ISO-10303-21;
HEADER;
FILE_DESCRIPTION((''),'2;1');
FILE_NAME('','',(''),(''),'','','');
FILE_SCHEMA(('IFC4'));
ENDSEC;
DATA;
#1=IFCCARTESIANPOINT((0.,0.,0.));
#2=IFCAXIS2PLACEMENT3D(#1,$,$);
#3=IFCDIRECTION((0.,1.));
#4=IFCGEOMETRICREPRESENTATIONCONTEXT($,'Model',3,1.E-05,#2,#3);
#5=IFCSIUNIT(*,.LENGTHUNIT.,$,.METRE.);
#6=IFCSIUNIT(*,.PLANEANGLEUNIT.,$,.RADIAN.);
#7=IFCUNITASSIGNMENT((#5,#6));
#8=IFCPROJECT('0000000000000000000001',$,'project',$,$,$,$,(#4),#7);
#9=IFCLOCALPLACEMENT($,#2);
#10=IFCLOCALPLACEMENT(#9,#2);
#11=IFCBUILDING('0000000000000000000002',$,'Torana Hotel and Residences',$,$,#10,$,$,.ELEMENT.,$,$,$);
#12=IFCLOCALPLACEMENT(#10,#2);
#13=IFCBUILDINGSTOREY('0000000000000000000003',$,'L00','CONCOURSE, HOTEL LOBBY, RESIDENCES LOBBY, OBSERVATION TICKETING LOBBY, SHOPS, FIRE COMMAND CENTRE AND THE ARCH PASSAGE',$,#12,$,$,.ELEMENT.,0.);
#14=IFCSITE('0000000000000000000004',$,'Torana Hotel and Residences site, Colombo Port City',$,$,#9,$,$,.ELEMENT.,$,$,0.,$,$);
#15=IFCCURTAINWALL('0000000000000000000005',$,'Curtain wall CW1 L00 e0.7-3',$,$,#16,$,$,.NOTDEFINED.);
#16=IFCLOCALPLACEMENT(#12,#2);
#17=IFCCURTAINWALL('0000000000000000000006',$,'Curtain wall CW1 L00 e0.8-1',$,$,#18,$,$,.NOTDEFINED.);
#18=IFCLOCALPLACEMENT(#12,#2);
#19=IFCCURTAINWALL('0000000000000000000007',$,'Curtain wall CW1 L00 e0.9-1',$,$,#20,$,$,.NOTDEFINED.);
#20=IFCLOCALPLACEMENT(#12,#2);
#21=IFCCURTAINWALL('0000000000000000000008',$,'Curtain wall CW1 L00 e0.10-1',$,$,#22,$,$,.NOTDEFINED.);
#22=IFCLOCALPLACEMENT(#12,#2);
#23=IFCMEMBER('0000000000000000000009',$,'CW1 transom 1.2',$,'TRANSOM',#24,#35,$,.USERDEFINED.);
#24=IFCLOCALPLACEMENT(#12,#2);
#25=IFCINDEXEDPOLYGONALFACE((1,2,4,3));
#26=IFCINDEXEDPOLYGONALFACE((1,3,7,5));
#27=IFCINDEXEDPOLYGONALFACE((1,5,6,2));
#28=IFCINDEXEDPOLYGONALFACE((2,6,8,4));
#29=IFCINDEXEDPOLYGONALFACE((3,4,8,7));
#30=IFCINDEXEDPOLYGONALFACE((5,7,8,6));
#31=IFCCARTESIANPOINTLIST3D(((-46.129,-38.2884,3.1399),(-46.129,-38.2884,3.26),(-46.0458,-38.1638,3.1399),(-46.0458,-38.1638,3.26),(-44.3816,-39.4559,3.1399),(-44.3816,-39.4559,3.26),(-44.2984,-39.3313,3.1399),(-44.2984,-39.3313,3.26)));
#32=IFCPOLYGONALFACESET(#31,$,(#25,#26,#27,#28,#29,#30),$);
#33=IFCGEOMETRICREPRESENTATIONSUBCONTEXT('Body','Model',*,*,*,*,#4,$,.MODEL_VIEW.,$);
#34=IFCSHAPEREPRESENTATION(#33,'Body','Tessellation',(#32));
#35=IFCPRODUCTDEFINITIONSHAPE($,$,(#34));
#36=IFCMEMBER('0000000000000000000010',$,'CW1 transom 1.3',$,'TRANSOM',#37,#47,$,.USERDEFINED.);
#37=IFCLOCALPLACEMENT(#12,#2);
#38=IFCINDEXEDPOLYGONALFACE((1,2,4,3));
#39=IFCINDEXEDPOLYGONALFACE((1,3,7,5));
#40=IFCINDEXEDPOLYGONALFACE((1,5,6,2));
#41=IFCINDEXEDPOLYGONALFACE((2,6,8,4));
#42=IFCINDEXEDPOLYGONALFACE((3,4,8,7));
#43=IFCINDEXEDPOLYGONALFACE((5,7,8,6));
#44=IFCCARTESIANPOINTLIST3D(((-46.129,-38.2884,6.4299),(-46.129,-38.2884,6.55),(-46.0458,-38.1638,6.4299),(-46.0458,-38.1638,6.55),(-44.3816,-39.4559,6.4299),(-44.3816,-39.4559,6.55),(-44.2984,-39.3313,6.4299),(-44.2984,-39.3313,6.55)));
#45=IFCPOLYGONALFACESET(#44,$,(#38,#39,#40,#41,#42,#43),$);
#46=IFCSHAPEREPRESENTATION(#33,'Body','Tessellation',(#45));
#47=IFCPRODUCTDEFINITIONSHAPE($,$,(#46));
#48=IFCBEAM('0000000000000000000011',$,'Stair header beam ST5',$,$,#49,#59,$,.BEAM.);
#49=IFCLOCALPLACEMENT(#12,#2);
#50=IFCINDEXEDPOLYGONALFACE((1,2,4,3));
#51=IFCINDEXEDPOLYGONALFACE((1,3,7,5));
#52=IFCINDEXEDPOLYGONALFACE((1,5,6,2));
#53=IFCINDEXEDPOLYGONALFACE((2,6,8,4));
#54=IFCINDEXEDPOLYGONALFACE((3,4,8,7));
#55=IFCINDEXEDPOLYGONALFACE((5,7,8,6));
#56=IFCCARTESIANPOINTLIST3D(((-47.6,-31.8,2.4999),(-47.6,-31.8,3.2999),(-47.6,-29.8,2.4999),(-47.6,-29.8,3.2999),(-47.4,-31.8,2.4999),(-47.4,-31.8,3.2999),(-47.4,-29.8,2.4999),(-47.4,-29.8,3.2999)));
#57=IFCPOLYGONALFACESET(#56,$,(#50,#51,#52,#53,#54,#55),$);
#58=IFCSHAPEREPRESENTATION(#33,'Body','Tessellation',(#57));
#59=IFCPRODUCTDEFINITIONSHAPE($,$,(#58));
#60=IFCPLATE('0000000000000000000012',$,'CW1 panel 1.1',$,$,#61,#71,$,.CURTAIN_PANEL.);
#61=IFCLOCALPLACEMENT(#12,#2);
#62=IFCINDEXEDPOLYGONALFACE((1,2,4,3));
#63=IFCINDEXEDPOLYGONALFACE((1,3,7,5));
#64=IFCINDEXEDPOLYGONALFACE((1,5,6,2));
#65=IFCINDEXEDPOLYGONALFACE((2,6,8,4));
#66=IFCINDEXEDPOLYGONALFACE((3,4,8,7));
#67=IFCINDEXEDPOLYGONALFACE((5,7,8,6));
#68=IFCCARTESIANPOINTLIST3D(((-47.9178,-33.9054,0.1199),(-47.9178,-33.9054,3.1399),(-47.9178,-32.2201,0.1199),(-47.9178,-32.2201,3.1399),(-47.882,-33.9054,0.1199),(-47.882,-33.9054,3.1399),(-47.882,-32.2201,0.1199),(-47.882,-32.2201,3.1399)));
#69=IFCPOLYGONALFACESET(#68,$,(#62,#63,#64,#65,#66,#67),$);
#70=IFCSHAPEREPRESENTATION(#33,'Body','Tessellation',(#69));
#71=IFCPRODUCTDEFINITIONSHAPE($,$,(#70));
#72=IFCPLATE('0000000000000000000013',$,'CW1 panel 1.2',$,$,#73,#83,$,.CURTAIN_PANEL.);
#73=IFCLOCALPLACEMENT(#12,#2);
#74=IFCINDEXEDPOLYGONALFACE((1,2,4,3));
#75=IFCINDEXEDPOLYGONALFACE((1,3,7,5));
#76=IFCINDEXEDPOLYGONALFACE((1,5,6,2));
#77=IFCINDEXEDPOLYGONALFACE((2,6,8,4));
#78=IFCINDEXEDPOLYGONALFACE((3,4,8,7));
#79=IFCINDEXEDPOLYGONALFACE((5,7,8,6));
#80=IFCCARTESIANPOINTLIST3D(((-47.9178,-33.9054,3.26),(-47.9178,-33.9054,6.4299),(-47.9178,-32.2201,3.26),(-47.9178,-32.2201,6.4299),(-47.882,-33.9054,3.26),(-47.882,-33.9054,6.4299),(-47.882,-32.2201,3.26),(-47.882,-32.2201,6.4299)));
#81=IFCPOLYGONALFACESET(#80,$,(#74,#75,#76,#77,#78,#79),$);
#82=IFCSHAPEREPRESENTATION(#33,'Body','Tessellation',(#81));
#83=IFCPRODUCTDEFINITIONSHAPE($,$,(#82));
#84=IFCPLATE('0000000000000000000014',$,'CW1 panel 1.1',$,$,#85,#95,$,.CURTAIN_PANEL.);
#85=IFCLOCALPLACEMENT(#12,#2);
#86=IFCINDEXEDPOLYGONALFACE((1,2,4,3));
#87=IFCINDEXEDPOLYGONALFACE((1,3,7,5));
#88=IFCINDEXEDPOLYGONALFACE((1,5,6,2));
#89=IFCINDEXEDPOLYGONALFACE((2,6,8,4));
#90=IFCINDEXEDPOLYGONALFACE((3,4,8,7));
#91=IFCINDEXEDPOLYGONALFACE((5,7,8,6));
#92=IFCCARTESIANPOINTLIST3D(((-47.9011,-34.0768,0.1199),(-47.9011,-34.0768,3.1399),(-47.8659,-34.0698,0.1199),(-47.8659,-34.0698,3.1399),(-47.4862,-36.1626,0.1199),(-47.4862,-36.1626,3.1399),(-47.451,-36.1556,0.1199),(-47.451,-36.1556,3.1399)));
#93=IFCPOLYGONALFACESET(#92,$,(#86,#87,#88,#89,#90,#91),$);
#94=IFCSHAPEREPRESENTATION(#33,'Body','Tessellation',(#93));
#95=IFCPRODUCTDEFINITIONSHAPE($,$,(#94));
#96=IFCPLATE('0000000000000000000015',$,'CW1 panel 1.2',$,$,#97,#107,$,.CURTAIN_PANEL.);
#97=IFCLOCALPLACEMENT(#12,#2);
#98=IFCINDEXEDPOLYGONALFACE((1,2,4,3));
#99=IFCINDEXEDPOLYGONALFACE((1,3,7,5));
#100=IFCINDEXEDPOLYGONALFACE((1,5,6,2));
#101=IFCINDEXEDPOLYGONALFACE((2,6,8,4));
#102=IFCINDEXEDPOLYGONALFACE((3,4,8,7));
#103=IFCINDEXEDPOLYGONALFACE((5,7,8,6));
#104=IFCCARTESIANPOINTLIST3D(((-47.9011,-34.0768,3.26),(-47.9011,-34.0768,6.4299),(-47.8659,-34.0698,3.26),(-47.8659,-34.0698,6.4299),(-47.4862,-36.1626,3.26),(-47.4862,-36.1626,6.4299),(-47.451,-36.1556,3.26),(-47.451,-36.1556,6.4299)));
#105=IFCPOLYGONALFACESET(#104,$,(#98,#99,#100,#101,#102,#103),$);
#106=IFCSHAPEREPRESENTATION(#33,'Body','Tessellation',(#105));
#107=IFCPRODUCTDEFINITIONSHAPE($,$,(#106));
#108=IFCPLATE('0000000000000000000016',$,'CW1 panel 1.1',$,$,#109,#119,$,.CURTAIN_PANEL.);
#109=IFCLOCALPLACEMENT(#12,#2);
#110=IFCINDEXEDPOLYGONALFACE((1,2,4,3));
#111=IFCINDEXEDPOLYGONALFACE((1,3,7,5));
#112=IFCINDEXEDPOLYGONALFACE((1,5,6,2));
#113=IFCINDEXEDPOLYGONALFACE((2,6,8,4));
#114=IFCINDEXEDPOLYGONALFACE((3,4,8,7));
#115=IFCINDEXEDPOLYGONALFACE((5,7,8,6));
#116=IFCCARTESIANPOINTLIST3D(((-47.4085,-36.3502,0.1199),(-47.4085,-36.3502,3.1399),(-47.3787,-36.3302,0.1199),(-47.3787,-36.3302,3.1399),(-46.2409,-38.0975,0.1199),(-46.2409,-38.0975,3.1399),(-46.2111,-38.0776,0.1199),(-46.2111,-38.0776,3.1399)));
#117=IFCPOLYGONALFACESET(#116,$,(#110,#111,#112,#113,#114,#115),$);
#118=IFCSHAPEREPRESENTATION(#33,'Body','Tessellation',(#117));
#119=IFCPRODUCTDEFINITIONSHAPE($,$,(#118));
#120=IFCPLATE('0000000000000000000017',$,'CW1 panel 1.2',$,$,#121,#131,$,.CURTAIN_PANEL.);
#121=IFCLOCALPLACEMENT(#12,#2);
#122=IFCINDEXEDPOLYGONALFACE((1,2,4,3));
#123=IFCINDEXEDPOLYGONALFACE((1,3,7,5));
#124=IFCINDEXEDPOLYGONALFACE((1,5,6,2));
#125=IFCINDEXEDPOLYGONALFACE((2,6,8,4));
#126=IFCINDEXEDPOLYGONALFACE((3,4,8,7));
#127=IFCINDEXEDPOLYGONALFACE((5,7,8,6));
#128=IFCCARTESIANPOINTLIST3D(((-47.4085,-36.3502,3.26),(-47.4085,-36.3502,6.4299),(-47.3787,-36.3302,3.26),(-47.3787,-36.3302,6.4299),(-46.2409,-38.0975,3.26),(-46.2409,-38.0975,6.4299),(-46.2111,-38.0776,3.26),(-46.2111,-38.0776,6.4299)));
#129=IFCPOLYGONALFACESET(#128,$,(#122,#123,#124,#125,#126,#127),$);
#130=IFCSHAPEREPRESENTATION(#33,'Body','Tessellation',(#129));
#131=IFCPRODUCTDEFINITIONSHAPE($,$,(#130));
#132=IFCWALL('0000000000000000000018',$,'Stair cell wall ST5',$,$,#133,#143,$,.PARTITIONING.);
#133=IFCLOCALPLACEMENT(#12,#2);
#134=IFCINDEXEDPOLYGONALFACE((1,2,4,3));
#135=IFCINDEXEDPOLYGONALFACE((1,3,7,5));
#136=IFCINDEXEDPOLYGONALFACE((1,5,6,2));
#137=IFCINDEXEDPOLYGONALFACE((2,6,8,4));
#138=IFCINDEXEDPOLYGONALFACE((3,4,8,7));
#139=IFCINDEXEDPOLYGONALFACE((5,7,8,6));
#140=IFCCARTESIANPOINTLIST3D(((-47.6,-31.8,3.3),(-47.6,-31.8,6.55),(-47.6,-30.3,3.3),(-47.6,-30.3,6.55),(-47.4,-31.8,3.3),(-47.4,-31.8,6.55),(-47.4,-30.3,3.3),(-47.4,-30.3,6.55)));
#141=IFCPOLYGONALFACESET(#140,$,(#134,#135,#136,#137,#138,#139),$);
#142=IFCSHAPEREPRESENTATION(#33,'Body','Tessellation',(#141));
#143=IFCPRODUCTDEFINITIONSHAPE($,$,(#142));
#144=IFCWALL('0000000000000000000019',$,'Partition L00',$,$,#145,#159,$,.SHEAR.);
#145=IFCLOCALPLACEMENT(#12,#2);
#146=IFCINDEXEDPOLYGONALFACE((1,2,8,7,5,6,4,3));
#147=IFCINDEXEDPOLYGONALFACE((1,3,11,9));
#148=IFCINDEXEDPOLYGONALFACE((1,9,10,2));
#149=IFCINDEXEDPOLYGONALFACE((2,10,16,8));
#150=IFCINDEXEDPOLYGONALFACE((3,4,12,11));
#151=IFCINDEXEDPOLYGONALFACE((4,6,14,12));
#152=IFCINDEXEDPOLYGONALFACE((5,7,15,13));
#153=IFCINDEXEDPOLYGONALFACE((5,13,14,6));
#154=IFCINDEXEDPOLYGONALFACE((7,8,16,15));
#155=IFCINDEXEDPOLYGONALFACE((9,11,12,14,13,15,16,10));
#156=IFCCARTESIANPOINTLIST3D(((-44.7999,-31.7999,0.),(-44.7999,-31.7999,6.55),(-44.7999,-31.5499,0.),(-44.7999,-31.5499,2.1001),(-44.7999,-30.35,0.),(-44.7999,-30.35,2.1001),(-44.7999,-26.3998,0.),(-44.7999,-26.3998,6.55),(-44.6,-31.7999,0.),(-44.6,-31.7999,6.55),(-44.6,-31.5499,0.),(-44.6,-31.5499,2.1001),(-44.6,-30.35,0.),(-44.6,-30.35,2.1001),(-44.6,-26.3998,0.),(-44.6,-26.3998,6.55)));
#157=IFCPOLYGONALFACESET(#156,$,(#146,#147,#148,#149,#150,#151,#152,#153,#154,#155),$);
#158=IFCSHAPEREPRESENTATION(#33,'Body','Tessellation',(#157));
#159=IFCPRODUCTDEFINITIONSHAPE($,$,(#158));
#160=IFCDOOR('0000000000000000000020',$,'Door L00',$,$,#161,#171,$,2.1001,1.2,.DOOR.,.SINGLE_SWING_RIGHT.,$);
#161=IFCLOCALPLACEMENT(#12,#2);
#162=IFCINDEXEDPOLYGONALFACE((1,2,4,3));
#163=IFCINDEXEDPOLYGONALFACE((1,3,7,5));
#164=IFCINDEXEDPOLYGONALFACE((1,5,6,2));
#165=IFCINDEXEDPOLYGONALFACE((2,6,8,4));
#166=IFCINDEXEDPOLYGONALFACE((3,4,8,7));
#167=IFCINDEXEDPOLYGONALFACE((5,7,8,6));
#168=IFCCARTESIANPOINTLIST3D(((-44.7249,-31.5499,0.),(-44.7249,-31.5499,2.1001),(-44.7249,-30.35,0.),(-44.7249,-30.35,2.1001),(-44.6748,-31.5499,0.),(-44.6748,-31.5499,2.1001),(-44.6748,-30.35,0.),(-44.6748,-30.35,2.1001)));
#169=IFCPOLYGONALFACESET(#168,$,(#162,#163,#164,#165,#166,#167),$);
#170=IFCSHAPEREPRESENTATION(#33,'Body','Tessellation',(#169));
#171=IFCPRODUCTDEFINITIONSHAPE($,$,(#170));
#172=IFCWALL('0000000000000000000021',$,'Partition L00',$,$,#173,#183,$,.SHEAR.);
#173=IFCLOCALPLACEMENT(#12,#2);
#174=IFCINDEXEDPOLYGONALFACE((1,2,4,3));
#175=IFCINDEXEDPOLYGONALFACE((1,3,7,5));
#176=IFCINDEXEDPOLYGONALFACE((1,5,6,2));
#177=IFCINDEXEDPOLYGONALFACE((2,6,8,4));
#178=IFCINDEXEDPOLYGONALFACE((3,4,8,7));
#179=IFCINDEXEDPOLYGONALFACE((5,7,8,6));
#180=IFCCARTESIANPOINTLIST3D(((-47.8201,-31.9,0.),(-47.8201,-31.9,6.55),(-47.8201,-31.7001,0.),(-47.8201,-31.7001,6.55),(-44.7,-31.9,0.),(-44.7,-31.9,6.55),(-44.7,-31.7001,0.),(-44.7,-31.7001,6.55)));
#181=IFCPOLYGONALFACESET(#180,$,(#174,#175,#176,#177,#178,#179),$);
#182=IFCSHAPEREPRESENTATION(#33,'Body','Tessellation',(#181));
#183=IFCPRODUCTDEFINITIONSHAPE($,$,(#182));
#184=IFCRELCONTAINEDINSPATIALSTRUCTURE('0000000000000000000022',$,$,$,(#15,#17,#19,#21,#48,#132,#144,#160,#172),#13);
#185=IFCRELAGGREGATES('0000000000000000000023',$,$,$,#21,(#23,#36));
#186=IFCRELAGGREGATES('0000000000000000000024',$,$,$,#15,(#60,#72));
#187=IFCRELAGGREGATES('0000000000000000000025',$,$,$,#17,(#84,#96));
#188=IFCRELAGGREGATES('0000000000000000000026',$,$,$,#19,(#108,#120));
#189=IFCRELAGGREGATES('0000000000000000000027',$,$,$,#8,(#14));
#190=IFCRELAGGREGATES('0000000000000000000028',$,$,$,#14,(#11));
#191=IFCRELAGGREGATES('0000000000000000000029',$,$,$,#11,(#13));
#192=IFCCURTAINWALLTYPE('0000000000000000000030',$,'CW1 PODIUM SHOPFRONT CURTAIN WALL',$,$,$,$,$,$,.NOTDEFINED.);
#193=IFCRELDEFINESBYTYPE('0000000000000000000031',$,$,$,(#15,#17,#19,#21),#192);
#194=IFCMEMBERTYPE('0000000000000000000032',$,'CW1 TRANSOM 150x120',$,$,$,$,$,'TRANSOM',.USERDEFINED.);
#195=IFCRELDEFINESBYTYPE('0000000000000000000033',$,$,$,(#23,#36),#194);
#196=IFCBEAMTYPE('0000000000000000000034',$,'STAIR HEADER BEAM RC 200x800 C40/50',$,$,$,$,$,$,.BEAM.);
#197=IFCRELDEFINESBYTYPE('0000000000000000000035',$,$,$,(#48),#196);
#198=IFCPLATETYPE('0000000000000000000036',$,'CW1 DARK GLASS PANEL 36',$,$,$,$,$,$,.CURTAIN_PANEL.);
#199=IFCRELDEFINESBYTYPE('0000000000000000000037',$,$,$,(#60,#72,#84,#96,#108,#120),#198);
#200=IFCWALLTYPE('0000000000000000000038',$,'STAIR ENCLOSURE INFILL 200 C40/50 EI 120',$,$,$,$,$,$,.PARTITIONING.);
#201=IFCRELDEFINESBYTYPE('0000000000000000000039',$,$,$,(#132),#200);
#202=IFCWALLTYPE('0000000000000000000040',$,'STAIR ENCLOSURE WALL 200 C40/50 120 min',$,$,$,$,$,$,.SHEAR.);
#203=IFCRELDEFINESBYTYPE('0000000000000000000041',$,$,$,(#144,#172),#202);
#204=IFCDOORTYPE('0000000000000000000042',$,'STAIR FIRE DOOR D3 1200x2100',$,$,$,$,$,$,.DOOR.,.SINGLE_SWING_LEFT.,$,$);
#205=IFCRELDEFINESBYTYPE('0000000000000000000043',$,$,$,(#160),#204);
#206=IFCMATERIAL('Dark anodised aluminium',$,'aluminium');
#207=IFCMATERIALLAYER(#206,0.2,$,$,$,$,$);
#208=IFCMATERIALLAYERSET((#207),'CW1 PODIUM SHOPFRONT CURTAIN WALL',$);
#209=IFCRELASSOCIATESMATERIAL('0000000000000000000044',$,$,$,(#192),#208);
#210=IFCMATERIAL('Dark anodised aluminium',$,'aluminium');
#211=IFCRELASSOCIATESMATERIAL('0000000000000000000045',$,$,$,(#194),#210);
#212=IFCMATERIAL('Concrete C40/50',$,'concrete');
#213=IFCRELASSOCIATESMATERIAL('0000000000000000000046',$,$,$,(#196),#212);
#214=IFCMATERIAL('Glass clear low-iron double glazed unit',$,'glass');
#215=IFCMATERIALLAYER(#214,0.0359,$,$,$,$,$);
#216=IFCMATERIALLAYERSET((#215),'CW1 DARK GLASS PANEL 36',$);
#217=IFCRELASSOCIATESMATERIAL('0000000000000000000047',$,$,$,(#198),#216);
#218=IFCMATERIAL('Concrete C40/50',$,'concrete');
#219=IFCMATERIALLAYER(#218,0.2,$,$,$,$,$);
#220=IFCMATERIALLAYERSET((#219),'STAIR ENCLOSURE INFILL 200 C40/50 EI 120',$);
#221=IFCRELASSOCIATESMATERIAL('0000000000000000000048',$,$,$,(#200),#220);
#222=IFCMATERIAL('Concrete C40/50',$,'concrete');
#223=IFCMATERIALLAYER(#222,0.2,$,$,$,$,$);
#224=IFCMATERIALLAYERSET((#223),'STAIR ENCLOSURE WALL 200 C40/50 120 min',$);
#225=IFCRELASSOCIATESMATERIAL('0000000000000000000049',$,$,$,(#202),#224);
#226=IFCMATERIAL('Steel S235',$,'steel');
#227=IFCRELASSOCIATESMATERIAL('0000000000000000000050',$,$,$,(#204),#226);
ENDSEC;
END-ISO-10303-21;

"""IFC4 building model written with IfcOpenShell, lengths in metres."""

from ifc_helpers import new_model, si_unit, direction, frame, frame_2d, origin, origin_2d, place, context, subcontext, project, spatial, rectangle, extrude, material, layer, layer_set, material_profile, profile_set, type_object, element, fill, aggregate, save


model = new_model("IFC4")

# Units and contexts
model_context = context("Model", 3, precision=1e-05, world=origin(), true_north=direction((0.0, 1.0)))
body_context = subcontext(model_context, "Body", "Model", "MODEL_VIEW")
ifc_project = project(units=[si_unit("LENGTHUNIT", "METRE"), si_unit("PLANEANGLEUNIT", "RADIAN")], contexts=[model_context])

# Site, building, storey
site_placement = place(None, origin())
site = spatial("IfcSite", under=ifc_project, at=site_placement, Name="Torana Hotel and Residences site, Colombo Port City", CompositionType="ELEMENT", RefElevation=0.0)
building_placement = place(site_placement, origin())
building = spatial("IfcBuilding", under=site, at=building_placement, Name="Torana Hotel and Residences", CompositionType="ELEMENT")
storey_placement = place(building_placement, origin())
storey = spatial("IfcBuildingStorey", under=building, at=storey_placement, Name="L00", Description="CONCOURSE, HOTEL LOBBY, RESIDENCES LOBBY, OBSERVATION TICKETING LOBBY, SHOPS, FIRE COMMAND CENTRE AND THE ARCH PASSAGE", CompositionType="ELEMENT", Elevation=0.0)

# Curtain walls
ifc_material_1 = material(Name="Dark anodised aluminium", Category="aluminium")
ifc_layer_1 = layer(ifc_material_1, 0.2)
ifc_layer_set_1 = layer_set([ifc_layer_1], Name="CW1 PODIUM SHOPFRONT CURTAIN WALL")
curtain_wall_type = type_object("IfcCurtainWallType", Name="CW1 PODIUM SHOPFRONT CURTAIN WALL", PredefinedType="NOTDEFINED", material=ifc_layer_set_1)
curtain_wall_1_placement = place(storey_placement, origin())
curtain_wall_1 = element("IfcCurtainWall", 1, at=curtain_wall_1_placement, inside=storey, type_object=curtain_wall_type, Name="Curtain wall CW1 L00 e0.7-3", PredefinedType="NOTDEFINED")
curtain_wall_2_placement = place(storey_placement, origin())
curtain_wall_2 = element("IfcCurtainWall", 2, at=curtain_wall_2_placement, inside=storey, type_object=curtain_wall_type, Name="Curtain wall CW1 L00 e0.8-1", PredefinedType="NOTDEFINED")
curtain_wall_3_placement = place(storey_placement, origin())
curtain_wall_3 = element("IfcCurtainWall", 3, at=curtain_wall_3_placement, inside=storey, type_object=curtain_wall_type, Name="Curtain wall CW1 L00 e0.9-1", PredefinedType="NOTDEFINED")

# Curtain wall
curtain_wall_4_placement = place(storey_placement, origin())
curtain_wall_4 = element("IfcCurtainWall", 4, at=curtain_wall_4_placement, inside=storey, type_object=curtain_wall_type, Name="Curtain wall CW1 L00 e0.10-1", PredefinedType="NOTDEFINED")

# Members
ifc_material_2 = material(Name="Dark anodised aluminium", Category="aluminium")
ifc_material_profile_1 = material_profile(ifc_material_2, rectangle(XDim=0.1499, YDim=0.1201, at=origin_2d()), Name="CW1 TRANSOM 150x120")
ifc_profile_set_1 = profile_set([ifc_material_profile_1], Name="Dark anodised aluminium")
member_type_1 = type_object("IfcMemberType", Name="CW1 TRANSOM 150x120", ElementType="TRANSOM", PredefinedType="USERDEFINED", material=ifc_profile_set_1)
member_1_placement = place(storey_placement, frame((-46.0874, -38.2261, 3.2), z_axis=(0.831478, -0.555558, 0.0), x_axis=(0.555558, 0.831478, 0.0)))
member_1 = element("IfcMember", 5, at=member_1_placement, type_object=member_type_1, Name="CW1 transom 1.2", ObjectType="TRANSOM", PredefinedType="USERDEFINED", context=body_context, shape_type="SweptSolid", body=[
    extrude(rectangle(XDim=0.1499, YDim=0.1201, at=origin_2d()), origin(), (0.0, 0.0, 1.0), 2.1016),
])
member_2_placement = place(storey_placement, frame((-46.0874, -38.2261, 6.49), z_axis=(0.831478, -0.555558, 0.0), x_axis=(0.555558, 0.831478, 0.0)))
member_2 = element("IfcMember", 6, at=member_2_placement, type_object=member_type_1, Name="CW1 transom 1.3", ObjectType="TRANSOM", PredefinedType="USERDEFINED", context=body_context, shape_type="SweptSolid", body=[
    extrude(rectangle(XDim=0.1499, YDim=0.1201, at=origin_2d()), origin(), (0.0, 0.0, 1.0), 2.1016),
])
aggregate(curtain_wall_4, [member_1, member_2])

# Beam
ifc_material_3 = material(Name="Concrete C40/50", Category="concrete")
ifc_material_profile_2 = material_profile(ifc_material_3, rectangle(XDim=0.2, YDim=0.8, at=origin_2d()), Name="RC 200x800")
ifc_profile_set_2 = profile_set([ifc_material_profile_2], Name="Concrete C40/50")
beam_type = type_object("IfcBeamType", Name="STAIR HEADER BEAM RC 200x800 C40/50", PredefinedType="BEAM", material=ifc_profile_set_2)
beam_placement = place(storey_placement, frame((-47.5, -31.8, 2.8999), z_axis=(0.0, 1.0, 0.0), x_axis=(-1.0, 0.0, 0.0)))
element("IfcBeam", 7, at=beam_placement, inside=storey, type_object=beam_type, Name="Stair header beam ST5", PredefinedType="BEAM", context=body_context, shape_type="SweptSolid", body=[
    extrude(rectangle(XDim=0.2, YDim=0.8, at=origin_2d()), origin(), (0.0, 0.0, 1.0), 2.0),
])

# Plates
ifc_material_4 = material(Name="Glass clear low-iron double glazed unit", Category="glass")
ifc_layer_2 = layer(ifc_material_4, 0.0359)
ifc_layer_set_2 = layer_set([ifc_layer_2], Name="CW1 DARK GLASS PANEL 36")
plate_type = type_object("IfcPlateType", Name="CW1 DARK GLASS PANEL 36", PredefinedType="CURTAIN_PANEL", material=ifc_layer_set_2)
plate_1_placement = place(storey_placement, frame((-47.8999, -33.0627, 0.1199), z_axis=(0.0, 0.0, 1.0), x_axis=(0.0, -1.0, 0.0)))
plate_1 = element("IfcPlate", 8, at=plate_1_placement, type_object=plate_type, Name="CW1 panel 1.1", PredefinedType="CURTAIN_PANEL", context=body_context, shape_type="SweptSolid", body=[
    extrude(rectangle(XDim=1.6853, YDim=0.0359, at=origin_2d()), origin(), (0.0, 0.0, 1.0), 3.02),
])
plate_2_placement = place(storey_placement, frame((-47.8999, -33.0627, 3.26), z_axis=(0.0, 0.0, 1.0), x_axis=(0.0, -1.0, 0.0)))
plate_2 = element("IfcPlate", 9, at=plate_2_placement, type_object=plate_type, Name="CW1 panel 1.2", PredefinedType="CURTAIN_PANEL", context=body_context, shape_type="SweptSolid", body=[
    extrude(rectangle(XDim=1.6853, YDim=0.0359, at=origin_2d()), origin(), (0.0, 0.0, 1.0), 3.1699),
])
aggregate(curtain_wall_1, [plate_1, plate_2])
plate_3_placement = place(storey_placement, frame((-47.676, -35.1162, 0.1199), z_axis=(0.0, 0.0, 1.0), x_axis=(0.195081, -0.980787, 0.0)))
plate_3 = element("IfcPlate", 10, at=plate_3_placement, type_object=plate_type, Name="CW1 panel 1.1", PredefinedType="CURTAIN_PANEL", context=body_context, shape_type="SweptSolid", body=[
    extrude(rectangle(XDim=2.1267, YDim=0.0359, at=origin_2d()), origin(), (0.0, 0.0, 1.0), 3.02),
])
plate_4_placement = place(storey_placement, frame((-47.676, -35.1162, 3.26), z_axis=(0.0, 0.0, 1.0), x_axis=(0.195081, -0.980787, 0.0)))
plate_4 = element("IfcPlate", 11, at=plate_4_placement, type_object=plate_type, Name="CW1 panel 1.2", PredefinedType="CURTAIN_PANEL", context=body_context, shape_type="SweptSolid", body=[
    extrude(rectangle(XDim=2.1267, YDim=0.0359, at=origin_2d()), origin(), (0.0, 0.0, 1.0), 3.1699),
])
aggregate(curtain_wall_2, [plate_3, plate_4])
plate_5_placement = place(storey_placement, frame((-46.8098, -37.2139, 0.1199), z_axis=(0.0, 0.0, 1.0), x_axis=(0.555585, -0.83146, 0.0)))
plate_5 = element("IfcPlate", 12, at=plate_5_placement, type_object=plate_type, Name="CW1 panel 1.1", PredefinedType="CURTAIN_PANEL", context=body_context, shape_type="SweptSolid", body=[
    extrude(rectangle(XDim=2.1016, YDim=0.0359, at=origin_2d()), origin(), (0.0, 0.0, 1.0), 3.02),
])
plate_6_placement = place(storey_placement, frame((-46.8098, -37.2139, 3.26), z_axis=(0.0, 0.0, 1.0), x_axis=(0.555585, -0.83146, 0.0)))
plate_6 = element("IfcPlate", 13, at=plate_6_placement, type_object=plate_type, Name="CW1 panel 1.2", PredefinedType="CURTAIN_PANEL", context=body_context, shape_type="SweptSolid", body=[
    extrude(rectangle(XDim=2.1016, YDim=0.0359, at=origin_2d()), origin(), (0.0, 0.0, 1.0), 3.1699),
])
aggregate(curtain_wall_3, [plate_5, plate_6])

# Wall
ifc_material_5 = material(Name="Concrete C40/50", Category="concrete")
ifc_layer_3 = layer(ifc_material_5, 0.2)
ifc_layer_set_3 = layer_set([ifc_layer_3], Name="STAIR ENCLOSURE INFILL 200 C40/50 EI 120")
wall_type_1 = type_object("IfcWallType", Name="STAIR ENCLOSURE INFILL 200 C40/50 EI 120", PredefinedType="PARTITIONING", material=ifc_layer_set_3)
wall_1_placement = place(storey_placement, frame((-47.5, -31.8, 3.3), z_axis=(0.0, 0.0, 1.0), x_axis=(0.0, 1.0, 0.0)))
element("IfcWall", 14, at=wall_1_placement, inside=storey, type_object=wall_type_1, Name="Stair cell wall ST5", PredefinedType="PARTITIONING", context=body_context, shape_type="SweptSolid", body=[
    extrude(rectangle(XDim=1.5, YDim=0.2, at=frame_2d((0.75, 0.0))), origin(), (0.0, 0.0, 1.0), 3.25),
])

# Wall, opening, door
ifc_material_6 = material(Name="Concrete C40/50", Category="concrete")
ifc_layer_4 = layer(ifc_material_6, 0.2)
ifc_layer_set_4 = layer_set([ifc_layer_4], Name="STAIR ENCLOSURE WALL 200 C40/50 120 min")
wall_type_2 = type_object("IfcWallType", Name="STAIR ENCLOSURE WALL 200 C40/50 120 min", PredefinedType="SHEAR", material=ifc_layer_set_4)
wall_2_placement = place(storey_placement, frame((-44.7, -31.8, 0.0), z_axis=(0.0, 0.0, 1.0), x_axis=(0.0, 1.0, 0.0)))
wall_2 = element("IfcWall", 15, at=wall_2_placement, inside=storey, type_object=wall_type_2, Name="Partition L00", PredefinedType="SHEAR", context=body_context, shape_type="SweptSolid", body=[
    extrude(rectangle(XDim=5.4001, YDim=0.2, at=frame_2d((2.7002, 0.0))), origin(), (0.0, 0.0, 1.0), 6.55),
])
opening_placement = place(wall_2_placement, frame((0.25, 0.0, 0.0)))
opening = element("IfcOpeningElement", 16, at=opening_placement, cuts=wall_2, PredefinedType="OPENING", context=body_context, shape_type="SweptSolid", body=[
    extrude(rectangle(XDim=1.2, YDim=2.1001, at=frame_2d((0.6001, 1.05))), frame((0.0, 0.1099, 0.0), z_axis=(0.0, -1.0, 0.0), x_axis=(1.0, 0.0, 0.0)), (0.0, 0.0, 1.0), 0.22),
])
ifc_material_7 = material(Name="Steel S235", Category="steel")
door_type = type_object("IfcDoorType", Name="STAIR FIRE DOOR D3 1200x2100", OperationType="SINGLE_SWING_LEFT", PredefinedType="DOOR", material=ifc_material_7)
door_placement = place(opening_placement, origin())
door = element("IfcDoor", 17, at=door_placement, inside=storey, type_object=door_type, Name="Door L00", OperationType="SINGLE_SWING_RIGHT", OverallHeight=2.1001, OverallWidth=1.2, PredefinedType="DOOR", context=body_context, shape_type="SweptSolid", body=[
    extrude(rectangle(XDim=1.2, YDim=2.1001, at=frame_2d((0.6001, 1.05))), frame((0.0, 0.0249, 0.0), z_axis=(0.0, -1.0, 0.0), x_axis=(1.0, 0.0, 0.0)), (0.0, 0.0, 1.0), 0.05),
])
fill(opening, door)

# Wall
wall_3_placement = place(storey_placement, frame((-47.8201, -31.8, 0.0), z_axis=(0.0, 0.0, 1.0), x_axis=(1.0, 0.0, 0.0)))
element("IfcWall", 18, at=wall_3_placement, inside=storey, type_object=wall_type_2, Name="Partition L00", PredefinedType="SHEAR", context=body_context, shape_type="SweptSolid", body=[
    extrude(rectangle(XDim=3.1201, YDim=0.2, at=frame_2d((1.5601, 0.0))), origin(), (0.0, 0.0, 1.0), 6.55),
])

save(model, "model.ifc")
